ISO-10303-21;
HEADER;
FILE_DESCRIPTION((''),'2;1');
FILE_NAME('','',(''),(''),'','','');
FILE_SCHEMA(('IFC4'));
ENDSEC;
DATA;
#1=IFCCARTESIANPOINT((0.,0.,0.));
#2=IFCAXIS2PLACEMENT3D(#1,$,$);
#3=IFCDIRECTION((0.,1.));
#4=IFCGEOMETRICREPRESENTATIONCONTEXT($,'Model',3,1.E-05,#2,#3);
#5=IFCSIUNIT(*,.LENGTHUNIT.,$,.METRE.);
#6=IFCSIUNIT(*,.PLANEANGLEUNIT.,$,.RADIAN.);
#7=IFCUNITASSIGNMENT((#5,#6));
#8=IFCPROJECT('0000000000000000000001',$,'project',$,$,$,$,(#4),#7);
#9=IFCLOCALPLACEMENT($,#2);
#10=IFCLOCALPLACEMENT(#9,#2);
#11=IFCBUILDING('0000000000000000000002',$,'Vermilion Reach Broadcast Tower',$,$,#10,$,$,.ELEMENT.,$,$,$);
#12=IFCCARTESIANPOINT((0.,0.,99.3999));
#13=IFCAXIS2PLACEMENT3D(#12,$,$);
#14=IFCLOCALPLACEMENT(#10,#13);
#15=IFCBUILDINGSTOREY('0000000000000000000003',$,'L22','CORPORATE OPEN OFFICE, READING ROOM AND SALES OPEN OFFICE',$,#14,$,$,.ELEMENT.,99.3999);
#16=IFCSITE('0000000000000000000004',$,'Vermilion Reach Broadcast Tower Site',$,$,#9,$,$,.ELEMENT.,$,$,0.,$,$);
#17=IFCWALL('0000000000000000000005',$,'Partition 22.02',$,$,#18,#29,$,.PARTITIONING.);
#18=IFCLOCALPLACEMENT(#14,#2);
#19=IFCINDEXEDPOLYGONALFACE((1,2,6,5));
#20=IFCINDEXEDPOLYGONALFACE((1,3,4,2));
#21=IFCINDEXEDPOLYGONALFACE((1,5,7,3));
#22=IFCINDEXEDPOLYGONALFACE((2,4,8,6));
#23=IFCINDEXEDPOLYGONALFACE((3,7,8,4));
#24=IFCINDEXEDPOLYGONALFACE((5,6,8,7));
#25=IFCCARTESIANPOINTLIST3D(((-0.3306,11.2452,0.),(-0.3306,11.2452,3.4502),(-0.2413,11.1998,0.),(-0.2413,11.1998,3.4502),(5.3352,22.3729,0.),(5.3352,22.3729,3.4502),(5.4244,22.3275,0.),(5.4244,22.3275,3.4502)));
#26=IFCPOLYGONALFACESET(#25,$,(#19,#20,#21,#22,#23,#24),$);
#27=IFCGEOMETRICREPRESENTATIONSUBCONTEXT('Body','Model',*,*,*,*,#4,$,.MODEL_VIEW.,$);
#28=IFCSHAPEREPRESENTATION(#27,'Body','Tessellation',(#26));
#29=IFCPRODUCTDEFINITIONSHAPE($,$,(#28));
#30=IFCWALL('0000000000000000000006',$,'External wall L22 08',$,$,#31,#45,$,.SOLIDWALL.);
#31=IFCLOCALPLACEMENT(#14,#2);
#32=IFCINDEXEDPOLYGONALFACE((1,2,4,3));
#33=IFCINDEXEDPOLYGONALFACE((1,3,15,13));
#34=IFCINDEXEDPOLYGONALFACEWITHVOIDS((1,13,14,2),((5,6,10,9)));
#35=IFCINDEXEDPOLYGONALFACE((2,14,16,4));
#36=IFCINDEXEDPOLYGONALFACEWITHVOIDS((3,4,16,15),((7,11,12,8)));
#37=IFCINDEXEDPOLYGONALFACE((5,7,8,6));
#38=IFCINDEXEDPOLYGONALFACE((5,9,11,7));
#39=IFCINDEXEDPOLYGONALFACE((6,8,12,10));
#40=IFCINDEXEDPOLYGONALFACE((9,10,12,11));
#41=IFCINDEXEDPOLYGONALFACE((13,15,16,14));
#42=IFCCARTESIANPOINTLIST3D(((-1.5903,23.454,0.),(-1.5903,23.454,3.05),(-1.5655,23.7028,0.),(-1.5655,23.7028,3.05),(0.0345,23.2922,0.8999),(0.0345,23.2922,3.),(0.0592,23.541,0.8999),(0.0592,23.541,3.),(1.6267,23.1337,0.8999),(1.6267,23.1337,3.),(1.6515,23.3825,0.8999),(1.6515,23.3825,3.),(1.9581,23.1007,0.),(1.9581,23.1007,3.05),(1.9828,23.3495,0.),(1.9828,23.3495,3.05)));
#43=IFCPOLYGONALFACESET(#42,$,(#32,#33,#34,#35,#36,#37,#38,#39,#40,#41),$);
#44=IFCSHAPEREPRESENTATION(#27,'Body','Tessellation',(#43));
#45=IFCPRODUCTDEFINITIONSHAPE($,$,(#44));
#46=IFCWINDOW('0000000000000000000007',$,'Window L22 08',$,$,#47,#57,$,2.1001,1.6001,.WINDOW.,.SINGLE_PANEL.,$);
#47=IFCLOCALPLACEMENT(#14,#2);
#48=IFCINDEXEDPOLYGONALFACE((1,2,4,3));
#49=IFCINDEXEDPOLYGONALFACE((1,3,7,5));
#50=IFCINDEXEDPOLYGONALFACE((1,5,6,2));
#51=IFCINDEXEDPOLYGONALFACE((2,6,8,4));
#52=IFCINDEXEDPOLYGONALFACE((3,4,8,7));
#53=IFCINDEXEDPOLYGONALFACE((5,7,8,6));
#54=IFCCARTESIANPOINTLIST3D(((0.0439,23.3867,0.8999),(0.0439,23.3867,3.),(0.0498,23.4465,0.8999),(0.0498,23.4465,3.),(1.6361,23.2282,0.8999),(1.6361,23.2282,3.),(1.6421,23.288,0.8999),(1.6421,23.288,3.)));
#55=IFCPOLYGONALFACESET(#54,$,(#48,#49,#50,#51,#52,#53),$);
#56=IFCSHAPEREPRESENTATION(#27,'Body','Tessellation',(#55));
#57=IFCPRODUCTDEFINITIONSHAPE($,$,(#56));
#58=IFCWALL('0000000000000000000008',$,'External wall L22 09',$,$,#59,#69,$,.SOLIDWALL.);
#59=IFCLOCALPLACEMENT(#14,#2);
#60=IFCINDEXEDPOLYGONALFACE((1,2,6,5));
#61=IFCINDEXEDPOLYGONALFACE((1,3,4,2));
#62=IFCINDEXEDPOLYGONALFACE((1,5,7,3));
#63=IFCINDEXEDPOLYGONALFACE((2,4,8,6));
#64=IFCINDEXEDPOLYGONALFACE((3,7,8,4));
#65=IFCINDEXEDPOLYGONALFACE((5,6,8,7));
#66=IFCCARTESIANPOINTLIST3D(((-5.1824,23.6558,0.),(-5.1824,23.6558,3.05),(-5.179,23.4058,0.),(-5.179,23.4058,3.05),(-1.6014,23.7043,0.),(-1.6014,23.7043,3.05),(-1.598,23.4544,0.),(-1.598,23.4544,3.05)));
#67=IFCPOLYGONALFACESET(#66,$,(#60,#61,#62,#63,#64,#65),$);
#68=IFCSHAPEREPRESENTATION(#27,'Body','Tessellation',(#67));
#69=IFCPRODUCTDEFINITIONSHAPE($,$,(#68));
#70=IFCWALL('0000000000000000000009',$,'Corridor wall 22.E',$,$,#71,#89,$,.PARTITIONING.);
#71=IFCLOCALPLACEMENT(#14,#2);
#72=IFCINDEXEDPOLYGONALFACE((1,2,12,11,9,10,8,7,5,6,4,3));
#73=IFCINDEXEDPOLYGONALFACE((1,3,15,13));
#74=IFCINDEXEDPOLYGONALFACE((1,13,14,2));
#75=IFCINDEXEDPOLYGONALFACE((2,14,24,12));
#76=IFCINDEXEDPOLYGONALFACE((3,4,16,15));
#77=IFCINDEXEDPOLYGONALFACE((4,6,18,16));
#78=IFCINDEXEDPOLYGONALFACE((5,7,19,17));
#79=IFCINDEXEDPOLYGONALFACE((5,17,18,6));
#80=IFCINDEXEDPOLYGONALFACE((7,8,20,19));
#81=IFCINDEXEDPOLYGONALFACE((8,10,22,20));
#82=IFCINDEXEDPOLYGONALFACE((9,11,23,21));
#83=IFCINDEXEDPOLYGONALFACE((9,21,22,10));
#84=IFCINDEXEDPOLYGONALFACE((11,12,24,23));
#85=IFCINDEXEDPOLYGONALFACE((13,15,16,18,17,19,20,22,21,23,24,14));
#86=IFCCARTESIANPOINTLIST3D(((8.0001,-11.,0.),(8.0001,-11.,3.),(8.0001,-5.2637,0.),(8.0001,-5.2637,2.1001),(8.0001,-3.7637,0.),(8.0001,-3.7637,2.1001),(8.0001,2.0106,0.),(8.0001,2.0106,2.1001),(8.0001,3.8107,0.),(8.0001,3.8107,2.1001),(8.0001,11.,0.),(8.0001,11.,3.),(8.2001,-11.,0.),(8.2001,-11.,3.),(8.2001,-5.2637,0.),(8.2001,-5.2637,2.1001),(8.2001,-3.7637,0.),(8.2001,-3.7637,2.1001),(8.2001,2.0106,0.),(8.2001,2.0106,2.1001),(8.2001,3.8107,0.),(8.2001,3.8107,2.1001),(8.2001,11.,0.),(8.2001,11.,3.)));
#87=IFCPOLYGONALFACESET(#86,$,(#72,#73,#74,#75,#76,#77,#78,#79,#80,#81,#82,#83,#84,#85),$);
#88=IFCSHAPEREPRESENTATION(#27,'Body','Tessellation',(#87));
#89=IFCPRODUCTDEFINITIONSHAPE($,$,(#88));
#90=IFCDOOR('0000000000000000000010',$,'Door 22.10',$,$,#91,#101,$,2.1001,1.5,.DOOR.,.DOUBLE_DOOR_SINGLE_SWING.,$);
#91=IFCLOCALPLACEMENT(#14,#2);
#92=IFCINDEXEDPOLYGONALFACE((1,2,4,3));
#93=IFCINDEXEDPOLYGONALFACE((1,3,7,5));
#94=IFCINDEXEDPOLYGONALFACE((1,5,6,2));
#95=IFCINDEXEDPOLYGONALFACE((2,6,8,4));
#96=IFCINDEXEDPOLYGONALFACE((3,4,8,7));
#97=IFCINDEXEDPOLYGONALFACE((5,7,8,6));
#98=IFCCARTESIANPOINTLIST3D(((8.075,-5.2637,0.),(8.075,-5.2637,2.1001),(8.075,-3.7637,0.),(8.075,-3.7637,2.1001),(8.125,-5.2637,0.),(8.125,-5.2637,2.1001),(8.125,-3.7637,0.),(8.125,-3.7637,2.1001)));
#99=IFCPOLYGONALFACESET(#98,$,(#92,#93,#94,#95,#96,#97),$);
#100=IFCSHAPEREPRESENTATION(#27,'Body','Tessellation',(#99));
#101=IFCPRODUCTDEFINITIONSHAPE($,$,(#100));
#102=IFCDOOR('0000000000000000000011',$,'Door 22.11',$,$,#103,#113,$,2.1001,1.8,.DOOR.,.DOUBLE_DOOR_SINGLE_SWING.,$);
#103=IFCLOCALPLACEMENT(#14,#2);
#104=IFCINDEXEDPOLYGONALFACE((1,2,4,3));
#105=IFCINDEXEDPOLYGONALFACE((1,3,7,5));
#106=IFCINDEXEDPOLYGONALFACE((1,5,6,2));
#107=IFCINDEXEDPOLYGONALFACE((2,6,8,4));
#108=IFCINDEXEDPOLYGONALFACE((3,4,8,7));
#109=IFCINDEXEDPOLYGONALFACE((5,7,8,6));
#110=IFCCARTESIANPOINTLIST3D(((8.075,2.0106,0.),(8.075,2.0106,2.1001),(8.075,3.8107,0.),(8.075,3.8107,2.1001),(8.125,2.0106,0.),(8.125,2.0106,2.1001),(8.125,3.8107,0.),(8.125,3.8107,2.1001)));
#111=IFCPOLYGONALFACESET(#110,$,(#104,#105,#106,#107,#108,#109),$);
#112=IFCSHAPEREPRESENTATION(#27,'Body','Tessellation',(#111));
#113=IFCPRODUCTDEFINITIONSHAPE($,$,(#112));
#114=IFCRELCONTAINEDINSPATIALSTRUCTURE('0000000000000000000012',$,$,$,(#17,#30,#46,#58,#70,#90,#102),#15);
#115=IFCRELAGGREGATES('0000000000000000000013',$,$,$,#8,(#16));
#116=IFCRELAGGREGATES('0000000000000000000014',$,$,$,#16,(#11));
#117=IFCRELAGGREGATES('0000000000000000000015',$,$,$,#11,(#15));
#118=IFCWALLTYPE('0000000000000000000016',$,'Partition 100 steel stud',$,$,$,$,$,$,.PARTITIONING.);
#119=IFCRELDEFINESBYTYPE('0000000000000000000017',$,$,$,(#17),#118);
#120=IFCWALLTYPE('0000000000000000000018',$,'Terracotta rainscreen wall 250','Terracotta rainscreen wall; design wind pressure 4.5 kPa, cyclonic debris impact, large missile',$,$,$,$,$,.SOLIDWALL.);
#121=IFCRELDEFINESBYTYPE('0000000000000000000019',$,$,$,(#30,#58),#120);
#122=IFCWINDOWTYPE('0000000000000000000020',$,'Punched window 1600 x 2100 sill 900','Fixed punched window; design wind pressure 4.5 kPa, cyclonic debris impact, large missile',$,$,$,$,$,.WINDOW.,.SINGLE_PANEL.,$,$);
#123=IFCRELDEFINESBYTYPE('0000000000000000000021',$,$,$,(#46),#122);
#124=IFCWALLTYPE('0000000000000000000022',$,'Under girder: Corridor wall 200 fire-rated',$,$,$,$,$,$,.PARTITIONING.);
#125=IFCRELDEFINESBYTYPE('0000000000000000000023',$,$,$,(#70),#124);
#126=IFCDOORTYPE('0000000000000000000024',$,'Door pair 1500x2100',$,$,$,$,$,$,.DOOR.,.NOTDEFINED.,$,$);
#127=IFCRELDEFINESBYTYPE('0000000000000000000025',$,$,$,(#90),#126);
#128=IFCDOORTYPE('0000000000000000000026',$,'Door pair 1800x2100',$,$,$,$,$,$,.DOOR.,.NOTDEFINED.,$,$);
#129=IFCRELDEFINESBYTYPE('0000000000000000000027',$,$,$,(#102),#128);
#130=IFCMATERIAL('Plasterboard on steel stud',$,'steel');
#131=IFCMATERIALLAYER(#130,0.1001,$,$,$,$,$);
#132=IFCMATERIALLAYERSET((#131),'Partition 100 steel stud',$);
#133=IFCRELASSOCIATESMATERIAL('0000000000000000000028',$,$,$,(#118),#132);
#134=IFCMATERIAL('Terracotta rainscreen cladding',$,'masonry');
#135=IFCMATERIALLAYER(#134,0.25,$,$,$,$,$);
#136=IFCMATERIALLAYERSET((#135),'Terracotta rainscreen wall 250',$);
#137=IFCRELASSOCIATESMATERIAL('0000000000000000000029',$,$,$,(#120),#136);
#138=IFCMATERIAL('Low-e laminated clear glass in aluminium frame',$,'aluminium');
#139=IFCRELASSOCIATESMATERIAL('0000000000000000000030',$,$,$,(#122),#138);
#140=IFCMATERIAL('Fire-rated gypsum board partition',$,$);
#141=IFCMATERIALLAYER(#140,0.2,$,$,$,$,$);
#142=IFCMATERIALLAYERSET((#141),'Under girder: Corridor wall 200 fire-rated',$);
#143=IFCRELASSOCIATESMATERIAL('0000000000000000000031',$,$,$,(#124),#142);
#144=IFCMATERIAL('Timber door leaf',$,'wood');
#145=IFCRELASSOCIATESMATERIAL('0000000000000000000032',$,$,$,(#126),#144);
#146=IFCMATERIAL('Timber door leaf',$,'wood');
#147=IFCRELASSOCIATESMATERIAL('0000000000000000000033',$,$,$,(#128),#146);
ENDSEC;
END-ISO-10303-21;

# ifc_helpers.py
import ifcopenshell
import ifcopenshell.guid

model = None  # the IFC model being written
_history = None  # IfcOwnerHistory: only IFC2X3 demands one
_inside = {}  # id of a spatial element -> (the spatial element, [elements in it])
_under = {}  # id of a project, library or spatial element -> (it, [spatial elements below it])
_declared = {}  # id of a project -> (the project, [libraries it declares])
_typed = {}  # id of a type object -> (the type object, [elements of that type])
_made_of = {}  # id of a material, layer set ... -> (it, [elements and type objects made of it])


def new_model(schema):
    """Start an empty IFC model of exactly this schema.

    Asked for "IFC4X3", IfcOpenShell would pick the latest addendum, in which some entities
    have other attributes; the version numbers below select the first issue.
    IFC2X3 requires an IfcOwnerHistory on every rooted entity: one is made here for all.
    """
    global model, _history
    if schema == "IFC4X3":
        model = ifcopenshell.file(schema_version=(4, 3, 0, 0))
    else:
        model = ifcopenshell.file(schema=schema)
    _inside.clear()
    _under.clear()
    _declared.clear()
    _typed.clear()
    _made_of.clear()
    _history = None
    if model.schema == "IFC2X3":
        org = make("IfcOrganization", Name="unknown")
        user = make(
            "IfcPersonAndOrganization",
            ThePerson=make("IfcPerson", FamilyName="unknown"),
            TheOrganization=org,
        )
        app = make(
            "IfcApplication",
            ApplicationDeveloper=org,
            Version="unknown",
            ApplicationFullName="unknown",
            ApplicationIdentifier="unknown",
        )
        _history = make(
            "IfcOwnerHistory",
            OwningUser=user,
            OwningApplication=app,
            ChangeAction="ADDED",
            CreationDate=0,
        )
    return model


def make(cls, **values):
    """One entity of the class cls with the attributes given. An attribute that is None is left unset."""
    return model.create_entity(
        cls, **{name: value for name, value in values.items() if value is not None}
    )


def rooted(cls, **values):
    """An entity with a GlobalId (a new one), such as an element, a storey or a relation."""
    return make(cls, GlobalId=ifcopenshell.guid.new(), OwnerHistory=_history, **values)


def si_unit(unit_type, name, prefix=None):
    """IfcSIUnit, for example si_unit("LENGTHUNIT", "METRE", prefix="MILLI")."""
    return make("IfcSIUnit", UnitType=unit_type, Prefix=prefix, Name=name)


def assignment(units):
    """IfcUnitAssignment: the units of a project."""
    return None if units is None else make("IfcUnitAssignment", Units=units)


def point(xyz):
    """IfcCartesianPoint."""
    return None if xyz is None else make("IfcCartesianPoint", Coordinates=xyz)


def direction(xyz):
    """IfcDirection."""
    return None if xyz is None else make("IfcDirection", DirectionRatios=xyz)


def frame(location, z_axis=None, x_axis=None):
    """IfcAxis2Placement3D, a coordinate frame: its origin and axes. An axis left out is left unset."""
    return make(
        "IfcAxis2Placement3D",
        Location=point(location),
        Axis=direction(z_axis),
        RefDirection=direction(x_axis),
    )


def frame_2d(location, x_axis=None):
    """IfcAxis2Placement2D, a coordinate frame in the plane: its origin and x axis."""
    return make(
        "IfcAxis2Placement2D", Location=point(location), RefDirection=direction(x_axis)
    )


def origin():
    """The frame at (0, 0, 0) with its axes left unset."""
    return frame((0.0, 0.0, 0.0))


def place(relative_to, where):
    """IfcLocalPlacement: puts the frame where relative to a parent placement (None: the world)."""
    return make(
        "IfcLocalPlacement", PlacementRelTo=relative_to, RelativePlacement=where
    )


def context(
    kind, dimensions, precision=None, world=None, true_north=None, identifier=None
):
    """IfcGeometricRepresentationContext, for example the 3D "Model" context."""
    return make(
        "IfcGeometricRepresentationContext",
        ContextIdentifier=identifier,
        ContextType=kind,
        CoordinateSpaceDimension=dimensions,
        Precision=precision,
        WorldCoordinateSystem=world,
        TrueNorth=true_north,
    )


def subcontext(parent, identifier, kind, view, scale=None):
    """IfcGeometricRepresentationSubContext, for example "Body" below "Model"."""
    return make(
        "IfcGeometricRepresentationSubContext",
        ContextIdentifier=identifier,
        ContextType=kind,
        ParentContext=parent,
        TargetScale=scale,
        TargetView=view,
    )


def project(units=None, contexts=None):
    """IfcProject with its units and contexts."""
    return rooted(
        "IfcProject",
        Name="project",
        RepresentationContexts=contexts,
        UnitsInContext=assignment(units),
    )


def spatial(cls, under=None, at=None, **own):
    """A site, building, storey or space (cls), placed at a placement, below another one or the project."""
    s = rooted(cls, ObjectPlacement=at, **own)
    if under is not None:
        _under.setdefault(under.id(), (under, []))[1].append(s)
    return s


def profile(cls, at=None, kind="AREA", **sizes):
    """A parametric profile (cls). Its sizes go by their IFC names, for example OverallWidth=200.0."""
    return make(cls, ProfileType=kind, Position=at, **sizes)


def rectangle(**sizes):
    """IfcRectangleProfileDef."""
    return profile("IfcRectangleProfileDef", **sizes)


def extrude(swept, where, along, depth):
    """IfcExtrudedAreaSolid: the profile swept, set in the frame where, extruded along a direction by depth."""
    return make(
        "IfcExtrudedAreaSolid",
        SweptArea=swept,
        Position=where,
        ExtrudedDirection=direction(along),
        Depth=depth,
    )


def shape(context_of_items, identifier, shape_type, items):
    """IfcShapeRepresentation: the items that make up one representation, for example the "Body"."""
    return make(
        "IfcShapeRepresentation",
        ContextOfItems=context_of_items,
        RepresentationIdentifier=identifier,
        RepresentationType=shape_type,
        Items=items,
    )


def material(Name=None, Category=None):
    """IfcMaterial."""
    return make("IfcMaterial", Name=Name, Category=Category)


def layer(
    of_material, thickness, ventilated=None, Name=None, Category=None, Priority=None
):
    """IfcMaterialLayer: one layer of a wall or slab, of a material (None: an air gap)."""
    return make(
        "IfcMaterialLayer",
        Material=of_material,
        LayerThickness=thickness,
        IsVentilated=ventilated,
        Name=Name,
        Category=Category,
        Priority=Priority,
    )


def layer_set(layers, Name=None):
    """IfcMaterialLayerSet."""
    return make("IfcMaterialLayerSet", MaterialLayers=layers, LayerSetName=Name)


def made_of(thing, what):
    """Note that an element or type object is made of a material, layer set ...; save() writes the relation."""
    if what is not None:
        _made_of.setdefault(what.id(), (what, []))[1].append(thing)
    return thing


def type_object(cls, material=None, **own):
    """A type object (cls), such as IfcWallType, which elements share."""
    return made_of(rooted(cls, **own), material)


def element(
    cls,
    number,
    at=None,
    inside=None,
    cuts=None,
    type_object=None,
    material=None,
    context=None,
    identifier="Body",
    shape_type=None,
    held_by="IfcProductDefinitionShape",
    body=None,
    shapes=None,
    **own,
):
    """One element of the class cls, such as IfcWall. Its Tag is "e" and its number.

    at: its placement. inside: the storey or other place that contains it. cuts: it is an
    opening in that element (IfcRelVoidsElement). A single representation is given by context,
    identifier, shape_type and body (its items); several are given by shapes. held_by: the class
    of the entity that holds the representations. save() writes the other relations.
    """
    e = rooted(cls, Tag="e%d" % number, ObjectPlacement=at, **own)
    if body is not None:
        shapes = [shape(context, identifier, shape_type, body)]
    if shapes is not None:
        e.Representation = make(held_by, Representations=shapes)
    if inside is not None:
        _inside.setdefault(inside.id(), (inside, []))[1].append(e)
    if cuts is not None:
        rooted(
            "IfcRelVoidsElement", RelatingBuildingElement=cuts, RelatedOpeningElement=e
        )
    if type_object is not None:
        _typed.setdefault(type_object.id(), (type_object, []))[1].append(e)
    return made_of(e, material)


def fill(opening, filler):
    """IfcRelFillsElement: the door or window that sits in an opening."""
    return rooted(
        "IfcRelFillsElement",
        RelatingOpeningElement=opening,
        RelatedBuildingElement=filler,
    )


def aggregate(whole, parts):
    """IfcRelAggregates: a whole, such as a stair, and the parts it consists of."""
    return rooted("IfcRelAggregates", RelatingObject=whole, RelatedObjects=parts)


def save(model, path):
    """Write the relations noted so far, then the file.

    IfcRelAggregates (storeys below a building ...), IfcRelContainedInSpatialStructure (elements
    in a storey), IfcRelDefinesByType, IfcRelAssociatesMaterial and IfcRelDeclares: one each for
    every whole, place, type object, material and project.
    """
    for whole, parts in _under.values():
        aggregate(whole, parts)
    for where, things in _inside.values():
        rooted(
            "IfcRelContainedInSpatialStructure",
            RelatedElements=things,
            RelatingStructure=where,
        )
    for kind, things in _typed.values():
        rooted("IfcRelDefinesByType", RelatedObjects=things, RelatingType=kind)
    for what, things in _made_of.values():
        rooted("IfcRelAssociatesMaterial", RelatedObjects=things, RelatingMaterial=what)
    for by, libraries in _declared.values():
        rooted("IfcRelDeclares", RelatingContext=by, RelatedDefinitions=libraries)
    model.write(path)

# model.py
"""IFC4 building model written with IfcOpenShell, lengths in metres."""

from ifc_helpers import new_model, si_unit, direction, frame, frame_2d, origin, place, context, subcontext, project, spatial, rectangle, extrude, material, layer, layer_set, type_object, element, fill, save


model = new_model("IFC4")

# Units and contexts
model_context = context("Model", 3, precision=1e-05, world=origin(), true_north=direction((0.0, 1.0)))
body_context = subcontext(model_context, "Body", "Model", "MODEL_VIEW")
ifc_project = project(units=[si_unit("LENGTHUNIT", "METRE"), si_unit("PLANEANGLEUNIT", "RADIAN")], contexts=[model_context])

# Site, building, storey
site_placement = place(None, origin())
site = spatial("IfcSite", under=ifc_project, at=site_placement, Name="Vermilion Reach Broadcast Tower Site", CompositionType="ELEMENT", RefElevation=0.0)
building_placement = place(site_placement, origin())
building = spatial("IfcBuilding", under=site, at=building_placement, Name="Vermilion Reach Broadcast Tower", CompositionType="ELEMENT")
storey_placement = place(building_placement, frame((0.0, 0.0, 99.3999)))
storey = spatial("IfcBuildingStorey", under=building, at=storey_placement, Name="L22", Description="CORPORATE OPEN OFFICE, READING ROOM AND SALES OPEN OFFICE", CompositionType="ELEMENT", Elevation=99.3999)

# Wall
ifc_material_1 = material(Name="Plasterboard on steel stud", Category="steel")
ifc_layer_1 = layer(ifc_material_1, 0.1001)
ifc_layer_set_1 = layer_set([ifc_layer_1], Name="Partition 100 steel stud")
wall_type_1 = type_object("IfcWallType", Name="Partition 100 steel stud", PredefinedType="PARTITIONING", material=ifc_layer_set_1)
wall_1_placement = place(storey_placement, frame((5.3799, 22.3503, 0.0), z_axis=(0.0, 0.0, 1.0), x_axis=(-0.453732, -0.891138, 0.0)))
element("IfcWall", 1, at=wall_1_placement, inside=storey, type_object=wall_type_1, Name="Partition 22.02", PredefinedType="PARTITIONING", context=body_context, shape_type="SweptSolid", body=[
    extrude(rectangle(XDim=12.4871, YDim=0.1001, at=frame_2d((6.2437, 0.0))), origin(), (0.0, 0.0, 1.0), 3.4502),
])

# Shared definitions
ifc_material_2 = material(Name="Terracotta rainscreen cladding", Category="masonry")
ifc_layer_2 = layer(ifc_material_2, 0.25)
ifc_layer_set_2 = layer_set([ifc_layer_2], Name="Terracotta rainscreen wall 250")
wall_type_2 = type_object("IfcWallType", Name="Terracotta rainscreen wall 250", Description="Terracotta rainscreen wall; design wind pressure 4.5 kPa, cyclonic debris impact, large missile", PredefinedType="SOLIDWALL", material=ifc_layer_set_2)

# Wall, opening, window
wall_2_placement = place(storey_placement, frame((1.9705, 23.2251, 0.0), z_axis=(0.0, 0.0, 1.0), x_axis=(-0.99508, 0.09907, 0.0)))
wall_2 = element("IfcWall", 2, at=wall_2_placement, inside=storey, type_object=wall_type_2, Name="External wall L22 08", PredefinedType="SOLIDWALL", context=body_context, shape_type="SweptSolid", body=[
    extrude(rectangle(XDim=3.5659, YDim=0.25, at=frame_2d((1.783, 0.0))), origin(), (0.0, 0.0, 1.0), 3.05),
])
opening_1_placement = place(wall_2_placement, frame((0.333, 0.0, 0.8999)))
opening_1 = element("IfcOpeningElement", 3, at=opening_1_placement, cuts=wall_2, PredefinedType="OPENING", context=body_context, shape_type="SweptSolid", body=[
    extrude(rectangle(XDim=1.6001, YDim=2.1001, at=frame_2d((0.8, 1.05))), frame((0.0, 0.135, 0.0), z_axis=(0.0, -1.0, 0.0), x_axis=(1.0, 0.0, 0.0)), (0.0, 0.0, 1.0), 0.27),
])
ifc_material_3 = material(Name="Low-e laminated clear glass in aluminium frame", Category="aluminium")
window_type = type_object("IfcWindowType", Name="Punched window 1600 x 2100 sill 900", Description="Fixed punched window; design wind pressure 4.5 kPa, cyclonic debris impact, large missile", PartitioningType="SINGLE_PANEL", PredefinedType="WINDOW", material=ifc_material_3)
window_placement = place(opening_1_placement, origin())
window = element("IfcWindow", 4, at=window_placement, inside=storey, type_object=window_type, Name="Window L22 08", OverallHeight=2.1001, OverallWidth=1.6001, PartitioningType="SINGLE_PANEL", PredefinedType="WINDOW", context=body_context, shape_type="SweptSolid", body=[
    extrude(rectangle(XDim=1.6001, YDim=2.1001, at=frame_2d((0.8, 1.05))), frame((0.0, 0.03, 0.0), z_axis=(0.0, -1.0, 0.0), x_axis=(1.0, 0.0, 0.0)), (0.0, 0.0, 1.0), 0.0601),
])
fill(opening_1, window)

# Wall
wall_3_placement = place(storey_placement, frame((-1.5999, 23.5793, 0.0), z_axis=(0.0, 0.0, 1.0), x_axis=(-0.999908, -0.013566, 0.0)))
element("IfcWall", 5, at=wall_3_placement, inside=storey, type_object=wall_type_2, Name="External wall L22 09", PredefinedType="SOLIDWALL", context=body_context, shape_type="SweptSolid", body=[
    extrude(rectangle(XDim=3.5813, YDim=0.25, at=frame_2d((1.7905, 0.0))), origin(), (0.0, 0.0, 1.0), 3.05),
])

# Wall, openings, doors
ifc_material_4 = material(Name="Fire-rated gypsum board partition")
ifc_layer_3 = layer(ifc_material_4, 0.2)
ifc_layer_set_3 = layer_set([ifc_layer_3], Name="Under girder: Corridor wall 200 fire-rated")
wall_type_3 = type_object("IfcWallType", Name="Under girder: Corridor wall 200 fire-rated", PredefinedType="PARTITIONING", material=ifc_layer_set_3)
wall_4_placement = place(storey_placement, frame((8.1001, 11.0, 0.0), z_axis=(0.0, 0.0, 1.0), x_axis=(0.0, -1.0, 0.0)))
wall_4 = element("IfcWall", 6, at=wall_4_placement, inside=storey, type_object=wall_type_3, Name="Corridor wall 22.E", PredefinedType="PARTITIONING", context=body_context, shape_type="SweptSolid", body=[
    extrude(rectangle(XDim=22.0, YDim=0.2, at=frame_2d((11.0, 0.0))), origin(), (0.0, 0.0, 1.0), 3.0),
])
opening_2_placement = place(wall_4_placement, frame((14.7637, 0.0, 0.0)))
opening_2 = element("IfcOpeningElement", 7, at=opening_2_placement, cuts=wall_4, PredefinedType="OPENING", context=body_context, shape_type="SweptSolid", body=[
    extrude(rectangle(XDim=1.5, YDim=2.1001, at=frame_2d((0.75, 1.05))), frame((0.0, 0.1099, 0.0), z_axis=(0.0, -1.0, 0.0), x_axis=(1.0, 0.0, 0.0)), (0.0, 0.0, 1.0), 0.22),
])
opening_3_placement = place(wall_4_placement, frame((7.1895, 0.0, 0.0)))
opening_3 = element("IfcOpeningElement", 8, at=opening_3_placement, cuts=wall_4, PredefinedType="OPENING", context=body_context, shape_type="SweptSolid", body=[
    extrude(rectangle(XDim=1.8, YDim=2.1001, at=frame_2d((0.8999, 1.05))), frame((0.0, 0.1099, 0.0), z_axis=(0.0, -1.0, 0.0), x_axis=(1.0, 0.0, 0.0)), (0.0, 0.0, 1.0), 0.22),
])
ifc_material_5 = material(Name="Timber door leaf", Category="wood")
door_type_1 = type_object("IfcDoorType", Name="Door pair 1500x2100", OperationType="NOTDEFINED", PredefinedType="DOOR", material=ifc_material_5)
door_1_placement = place(opening_2_placement, origin())
door_1 = element("IfcDoor", 9, at=door_1_placement, inside=storey, type_object=door_type_1, Name="Door 22.10", OperationType="DOUBLE_DOOR_SINGLE_SWING", OverallHeight=2.1001, OverallWidth=1.5, PredefinedType="DOOR", context=body_context, shape_type="SweptSolid", body=[
    extrude(rectangle(XDim=1.5, YDim=2.1001, at=frame_2d((0.75, 1.05))), frame((0.0, 0.0249, 0.0), z_axis=(0.0, -1.0, 0.0), x_axis=(1.0, 0.0, 0.0)), (0.0, 0.0, 1.0), 0.05),
])
fill(opening_2, door_1)
ifc_material_6 = material(Name="Timber door leaf", Category="wood")
door_type_2 = type_object("IfcDoorType", Name="Door pair 1800x2100", OperationType="NOTDEFINED", PredefinedType="DOOR", material=ifc_material_6)
door_2_placement = place(opening_3_placement, origin())
door_2 = element("IfcDoor", 10, at=door_2_placement, inside=storey, type_object=door_type_2, Name="Door 22.11", OperationType="DOUBLE_DOOR_SINGLE_SWING", OverallHeight=2.1001, OverallWidth=1.8, PredefinedType="DOOR", context=body_context, shape_type="SweptSolid", body=[
    extrude(rectangle(XDim=1.8, YDim=2.1001, at=frame_2d((0.8999, 1.05))), frame((0.0, 0.0249, 0.0), z_axis=(0.0, -1.0, 0.0), x_axis=(1.0, 0.0, 0.0)), (0.0, 0.0, 1.0), 0.05),
])
fill(opening_3, door_2)

save(model, "model.ifc")
